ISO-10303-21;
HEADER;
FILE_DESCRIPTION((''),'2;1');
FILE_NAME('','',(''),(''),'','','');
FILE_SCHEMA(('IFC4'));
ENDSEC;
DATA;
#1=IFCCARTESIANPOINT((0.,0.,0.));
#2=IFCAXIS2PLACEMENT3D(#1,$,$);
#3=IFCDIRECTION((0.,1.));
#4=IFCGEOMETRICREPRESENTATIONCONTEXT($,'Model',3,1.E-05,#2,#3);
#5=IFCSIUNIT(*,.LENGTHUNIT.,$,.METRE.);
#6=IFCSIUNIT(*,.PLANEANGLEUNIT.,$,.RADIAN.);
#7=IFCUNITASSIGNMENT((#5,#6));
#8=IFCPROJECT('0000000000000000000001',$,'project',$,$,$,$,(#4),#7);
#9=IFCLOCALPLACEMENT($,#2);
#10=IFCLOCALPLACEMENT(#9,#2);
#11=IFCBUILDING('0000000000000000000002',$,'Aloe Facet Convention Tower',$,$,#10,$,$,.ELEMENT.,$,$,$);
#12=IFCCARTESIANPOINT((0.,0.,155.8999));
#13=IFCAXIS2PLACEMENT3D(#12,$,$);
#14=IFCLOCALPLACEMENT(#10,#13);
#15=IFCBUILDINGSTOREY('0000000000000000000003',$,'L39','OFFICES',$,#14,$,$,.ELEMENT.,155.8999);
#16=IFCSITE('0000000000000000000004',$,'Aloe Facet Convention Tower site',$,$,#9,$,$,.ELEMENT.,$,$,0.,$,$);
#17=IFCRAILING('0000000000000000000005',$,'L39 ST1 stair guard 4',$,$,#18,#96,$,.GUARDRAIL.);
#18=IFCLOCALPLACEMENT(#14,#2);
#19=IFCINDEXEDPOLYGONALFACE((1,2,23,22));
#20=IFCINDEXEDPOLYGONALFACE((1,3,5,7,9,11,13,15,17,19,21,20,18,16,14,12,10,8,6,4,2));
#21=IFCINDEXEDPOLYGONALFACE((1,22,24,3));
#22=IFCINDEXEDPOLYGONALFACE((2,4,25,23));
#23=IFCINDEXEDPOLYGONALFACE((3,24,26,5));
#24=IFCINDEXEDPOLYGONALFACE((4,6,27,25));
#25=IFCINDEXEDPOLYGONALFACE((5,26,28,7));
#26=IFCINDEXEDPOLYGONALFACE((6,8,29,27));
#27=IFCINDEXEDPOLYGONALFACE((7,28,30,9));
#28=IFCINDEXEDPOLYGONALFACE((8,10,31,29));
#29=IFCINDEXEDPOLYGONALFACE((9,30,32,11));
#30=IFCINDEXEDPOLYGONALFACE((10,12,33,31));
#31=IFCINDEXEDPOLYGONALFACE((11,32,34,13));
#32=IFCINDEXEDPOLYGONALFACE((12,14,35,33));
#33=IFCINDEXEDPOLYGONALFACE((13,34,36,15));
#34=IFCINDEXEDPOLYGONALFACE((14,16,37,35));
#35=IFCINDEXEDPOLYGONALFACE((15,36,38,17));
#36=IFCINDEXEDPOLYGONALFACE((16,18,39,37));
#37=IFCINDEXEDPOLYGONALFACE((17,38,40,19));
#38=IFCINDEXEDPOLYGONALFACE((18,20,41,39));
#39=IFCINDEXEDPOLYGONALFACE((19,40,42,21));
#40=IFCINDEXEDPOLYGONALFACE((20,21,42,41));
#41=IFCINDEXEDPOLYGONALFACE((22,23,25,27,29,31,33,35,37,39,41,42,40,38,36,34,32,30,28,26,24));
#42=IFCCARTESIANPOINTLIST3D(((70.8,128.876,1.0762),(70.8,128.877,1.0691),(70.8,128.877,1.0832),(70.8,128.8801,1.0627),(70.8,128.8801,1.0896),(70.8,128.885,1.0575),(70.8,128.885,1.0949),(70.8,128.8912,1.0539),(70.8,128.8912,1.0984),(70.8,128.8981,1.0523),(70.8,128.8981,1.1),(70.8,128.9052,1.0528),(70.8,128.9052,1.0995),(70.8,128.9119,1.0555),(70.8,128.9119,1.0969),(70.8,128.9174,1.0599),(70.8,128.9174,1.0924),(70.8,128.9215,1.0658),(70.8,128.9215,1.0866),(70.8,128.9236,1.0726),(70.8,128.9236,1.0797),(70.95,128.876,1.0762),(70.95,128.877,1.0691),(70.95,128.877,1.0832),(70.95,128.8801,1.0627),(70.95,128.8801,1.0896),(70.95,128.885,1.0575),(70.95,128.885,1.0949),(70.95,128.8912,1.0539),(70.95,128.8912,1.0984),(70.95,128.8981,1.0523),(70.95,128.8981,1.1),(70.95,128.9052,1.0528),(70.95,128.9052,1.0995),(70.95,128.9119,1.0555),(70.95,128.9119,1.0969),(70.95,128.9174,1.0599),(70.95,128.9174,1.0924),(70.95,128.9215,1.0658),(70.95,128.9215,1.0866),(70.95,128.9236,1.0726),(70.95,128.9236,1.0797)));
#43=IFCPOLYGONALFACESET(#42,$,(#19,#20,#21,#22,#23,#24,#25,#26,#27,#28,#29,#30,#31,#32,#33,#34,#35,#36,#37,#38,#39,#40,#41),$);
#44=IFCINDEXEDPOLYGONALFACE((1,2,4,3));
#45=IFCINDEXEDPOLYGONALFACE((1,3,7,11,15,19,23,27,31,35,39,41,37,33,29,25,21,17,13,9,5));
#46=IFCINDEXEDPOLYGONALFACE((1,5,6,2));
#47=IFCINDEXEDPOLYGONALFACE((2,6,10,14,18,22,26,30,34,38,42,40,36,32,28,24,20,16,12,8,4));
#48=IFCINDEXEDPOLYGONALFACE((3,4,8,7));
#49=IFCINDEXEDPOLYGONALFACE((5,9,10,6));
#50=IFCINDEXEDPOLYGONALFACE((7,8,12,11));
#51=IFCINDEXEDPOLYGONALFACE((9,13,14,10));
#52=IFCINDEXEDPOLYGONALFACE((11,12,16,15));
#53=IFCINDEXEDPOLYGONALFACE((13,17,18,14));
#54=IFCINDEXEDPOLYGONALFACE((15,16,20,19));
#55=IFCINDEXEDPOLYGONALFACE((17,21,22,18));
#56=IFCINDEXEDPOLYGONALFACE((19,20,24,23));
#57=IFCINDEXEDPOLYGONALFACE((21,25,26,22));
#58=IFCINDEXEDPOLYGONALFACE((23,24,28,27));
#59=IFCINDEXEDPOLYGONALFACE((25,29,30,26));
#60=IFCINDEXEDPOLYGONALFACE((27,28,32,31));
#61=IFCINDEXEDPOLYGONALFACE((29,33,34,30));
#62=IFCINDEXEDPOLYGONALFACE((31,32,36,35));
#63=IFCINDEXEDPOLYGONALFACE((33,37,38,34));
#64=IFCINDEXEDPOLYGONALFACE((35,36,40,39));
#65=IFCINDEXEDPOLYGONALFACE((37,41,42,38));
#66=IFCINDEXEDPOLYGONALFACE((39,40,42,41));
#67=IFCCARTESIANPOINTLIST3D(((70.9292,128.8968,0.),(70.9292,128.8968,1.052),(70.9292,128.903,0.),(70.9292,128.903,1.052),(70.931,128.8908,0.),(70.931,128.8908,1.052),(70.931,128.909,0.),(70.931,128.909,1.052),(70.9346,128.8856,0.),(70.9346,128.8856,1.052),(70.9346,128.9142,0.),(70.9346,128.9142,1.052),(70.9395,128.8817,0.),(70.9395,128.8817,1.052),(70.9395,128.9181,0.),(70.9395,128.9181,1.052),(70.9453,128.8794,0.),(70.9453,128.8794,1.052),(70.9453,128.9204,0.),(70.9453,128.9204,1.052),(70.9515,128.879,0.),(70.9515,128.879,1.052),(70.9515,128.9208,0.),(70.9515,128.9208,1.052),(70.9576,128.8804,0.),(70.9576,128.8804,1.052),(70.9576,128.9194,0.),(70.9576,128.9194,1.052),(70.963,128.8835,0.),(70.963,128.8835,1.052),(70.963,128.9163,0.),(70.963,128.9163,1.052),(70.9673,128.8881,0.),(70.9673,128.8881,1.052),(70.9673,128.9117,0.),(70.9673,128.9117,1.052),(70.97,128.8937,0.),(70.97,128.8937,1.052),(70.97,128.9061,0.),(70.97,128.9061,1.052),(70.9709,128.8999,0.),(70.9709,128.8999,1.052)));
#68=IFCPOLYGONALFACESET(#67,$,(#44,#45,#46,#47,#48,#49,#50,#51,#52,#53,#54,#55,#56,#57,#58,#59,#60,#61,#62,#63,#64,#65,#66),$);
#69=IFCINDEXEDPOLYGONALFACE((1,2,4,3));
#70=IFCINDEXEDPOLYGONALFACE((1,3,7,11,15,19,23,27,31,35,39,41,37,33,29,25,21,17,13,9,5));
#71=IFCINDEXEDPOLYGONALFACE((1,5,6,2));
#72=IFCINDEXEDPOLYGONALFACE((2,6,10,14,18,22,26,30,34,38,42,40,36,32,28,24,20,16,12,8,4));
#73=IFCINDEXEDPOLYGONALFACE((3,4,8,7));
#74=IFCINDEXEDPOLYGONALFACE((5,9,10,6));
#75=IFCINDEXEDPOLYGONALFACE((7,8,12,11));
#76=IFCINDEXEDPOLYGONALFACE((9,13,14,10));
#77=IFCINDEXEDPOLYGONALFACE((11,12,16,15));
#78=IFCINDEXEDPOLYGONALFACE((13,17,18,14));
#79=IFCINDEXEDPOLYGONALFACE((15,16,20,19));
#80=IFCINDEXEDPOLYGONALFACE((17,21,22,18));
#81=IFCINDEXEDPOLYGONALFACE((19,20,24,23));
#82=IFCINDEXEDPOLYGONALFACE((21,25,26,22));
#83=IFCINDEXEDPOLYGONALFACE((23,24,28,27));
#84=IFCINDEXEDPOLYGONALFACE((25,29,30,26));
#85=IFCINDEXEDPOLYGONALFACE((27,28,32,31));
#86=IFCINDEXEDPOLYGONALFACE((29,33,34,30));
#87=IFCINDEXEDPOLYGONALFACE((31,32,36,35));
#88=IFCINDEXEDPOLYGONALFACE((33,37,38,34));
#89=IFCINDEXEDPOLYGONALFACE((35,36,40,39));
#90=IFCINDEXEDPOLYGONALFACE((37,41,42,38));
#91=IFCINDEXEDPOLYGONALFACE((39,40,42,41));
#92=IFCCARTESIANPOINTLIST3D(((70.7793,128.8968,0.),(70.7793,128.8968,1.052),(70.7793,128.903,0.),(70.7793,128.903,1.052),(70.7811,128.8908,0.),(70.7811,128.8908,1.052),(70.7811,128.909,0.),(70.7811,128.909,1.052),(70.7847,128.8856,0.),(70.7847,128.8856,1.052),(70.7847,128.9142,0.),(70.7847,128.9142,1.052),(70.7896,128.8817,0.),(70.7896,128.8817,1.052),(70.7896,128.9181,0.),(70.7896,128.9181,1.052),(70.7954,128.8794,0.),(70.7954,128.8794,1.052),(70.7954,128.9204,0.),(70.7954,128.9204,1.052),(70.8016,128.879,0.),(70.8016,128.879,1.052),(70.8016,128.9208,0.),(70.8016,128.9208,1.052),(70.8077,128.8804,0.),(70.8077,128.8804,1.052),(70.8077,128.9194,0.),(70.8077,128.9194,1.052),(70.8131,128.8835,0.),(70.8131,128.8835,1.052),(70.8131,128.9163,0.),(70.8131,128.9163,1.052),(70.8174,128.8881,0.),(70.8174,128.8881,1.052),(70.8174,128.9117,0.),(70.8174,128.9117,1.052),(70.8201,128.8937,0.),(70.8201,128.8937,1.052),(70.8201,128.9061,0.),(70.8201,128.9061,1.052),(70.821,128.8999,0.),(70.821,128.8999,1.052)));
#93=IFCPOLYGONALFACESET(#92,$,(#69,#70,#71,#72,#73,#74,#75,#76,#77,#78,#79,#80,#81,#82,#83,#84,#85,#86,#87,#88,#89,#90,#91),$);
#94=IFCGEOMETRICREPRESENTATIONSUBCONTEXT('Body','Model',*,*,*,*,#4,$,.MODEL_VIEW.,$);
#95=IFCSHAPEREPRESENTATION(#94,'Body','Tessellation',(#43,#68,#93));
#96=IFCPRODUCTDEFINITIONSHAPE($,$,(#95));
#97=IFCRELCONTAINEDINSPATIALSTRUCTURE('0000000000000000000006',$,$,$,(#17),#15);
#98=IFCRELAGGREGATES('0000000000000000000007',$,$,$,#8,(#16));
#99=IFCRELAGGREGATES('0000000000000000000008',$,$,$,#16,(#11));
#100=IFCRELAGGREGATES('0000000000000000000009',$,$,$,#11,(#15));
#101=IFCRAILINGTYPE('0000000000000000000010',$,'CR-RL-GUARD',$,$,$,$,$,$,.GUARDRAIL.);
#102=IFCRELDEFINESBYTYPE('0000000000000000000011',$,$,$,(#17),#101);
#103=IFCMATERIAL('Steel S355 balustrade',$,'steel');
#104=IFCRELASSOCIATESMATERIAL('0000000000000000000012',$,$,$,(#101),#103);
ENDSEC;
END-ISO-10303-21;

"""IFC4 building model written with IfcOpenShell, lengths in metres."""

from ifc_helpers import new_model, si_unit, direction, frame, origin, origin_2d, place, context, subcontext, project, spatial, circle, extrude, material, type_object, element, save


model = new_model("IFC4")

# Units and contexts
model_context = context("Model", 3, precision=1e-05, world=origin(), true_north=direction((0.0, 1.0)))
body_context = subcontext(model_context, "Body", "Model", "MODEL_VIEW")
ifc_project = project(units=[si_unit("LENGTHUNIT", "METRE"), si_unit("PLANEANGLEUNIT", "RADIAN")], contexts=[model_context])

# Site, building, storey
site_placement = place(None, origin())
site = spatial("IfcSite", under=ifc_project, at=site_placement, Name="Aloe Facet Convention Tower site", CompositionType="ELEMENT", RefElevation=0.0)
building_placement = place(site_placement, origin())
building = spatial("IfcBuilding", under=site, at=building_placement, Name="Aloe Facet Convention Tower", CompositionType="ELEMENT")
storey_placement = place(building_placement, frame((0.0, 0.0, 155.8999)))
storey = spatial("IfcBuildingStorey", under=building, at=storey_placement, Name="L39", Description="OFFICES", CompositionType="ELEMENT", Elevation=155.8999)

# Railing
ifc_material_1 = material(Name="Steel S355 balustrade", Category="steel")
railing_type_1 = type_object("IfcRailingType", Name="CR-RL-GUARD", PredefinedType="GUARDRAIL", material=ifc_material_1)
railing_1_placement = place(storey_placement, frame((70.95, 128.8999, 0.0)))
element("IfcRailing", 1, at=railing_1_placement, inside=storey, type_object=railing_type_1, Name="L39 ST1 stair guard 4", PredefinedType="GUARDRAIL", context=body_context, shape_type="SweptSolid", body=[
    extrude(circle(Radius=0.0239, at=origin_2d()), frame((0.0, 0.0, 1.0762), z_axis=(-1.0, 0.0, 0.0), x_axis=(0.0, -1.0, 0.0)), (0.0, 0.0, 1.0), 0.1499),
    extrude(circle(Radius=0.021, at=origin_2d()), origin(), (0.0, 0.0, 1.0), 1.052),
    extrude(circle(Radius=0.021, at=origin_2d()), frame((-0.1499, 0.0, 0.0)), (0.0, 0.0, 1.0), 1.052),
])

save(model, "model.ifc")
